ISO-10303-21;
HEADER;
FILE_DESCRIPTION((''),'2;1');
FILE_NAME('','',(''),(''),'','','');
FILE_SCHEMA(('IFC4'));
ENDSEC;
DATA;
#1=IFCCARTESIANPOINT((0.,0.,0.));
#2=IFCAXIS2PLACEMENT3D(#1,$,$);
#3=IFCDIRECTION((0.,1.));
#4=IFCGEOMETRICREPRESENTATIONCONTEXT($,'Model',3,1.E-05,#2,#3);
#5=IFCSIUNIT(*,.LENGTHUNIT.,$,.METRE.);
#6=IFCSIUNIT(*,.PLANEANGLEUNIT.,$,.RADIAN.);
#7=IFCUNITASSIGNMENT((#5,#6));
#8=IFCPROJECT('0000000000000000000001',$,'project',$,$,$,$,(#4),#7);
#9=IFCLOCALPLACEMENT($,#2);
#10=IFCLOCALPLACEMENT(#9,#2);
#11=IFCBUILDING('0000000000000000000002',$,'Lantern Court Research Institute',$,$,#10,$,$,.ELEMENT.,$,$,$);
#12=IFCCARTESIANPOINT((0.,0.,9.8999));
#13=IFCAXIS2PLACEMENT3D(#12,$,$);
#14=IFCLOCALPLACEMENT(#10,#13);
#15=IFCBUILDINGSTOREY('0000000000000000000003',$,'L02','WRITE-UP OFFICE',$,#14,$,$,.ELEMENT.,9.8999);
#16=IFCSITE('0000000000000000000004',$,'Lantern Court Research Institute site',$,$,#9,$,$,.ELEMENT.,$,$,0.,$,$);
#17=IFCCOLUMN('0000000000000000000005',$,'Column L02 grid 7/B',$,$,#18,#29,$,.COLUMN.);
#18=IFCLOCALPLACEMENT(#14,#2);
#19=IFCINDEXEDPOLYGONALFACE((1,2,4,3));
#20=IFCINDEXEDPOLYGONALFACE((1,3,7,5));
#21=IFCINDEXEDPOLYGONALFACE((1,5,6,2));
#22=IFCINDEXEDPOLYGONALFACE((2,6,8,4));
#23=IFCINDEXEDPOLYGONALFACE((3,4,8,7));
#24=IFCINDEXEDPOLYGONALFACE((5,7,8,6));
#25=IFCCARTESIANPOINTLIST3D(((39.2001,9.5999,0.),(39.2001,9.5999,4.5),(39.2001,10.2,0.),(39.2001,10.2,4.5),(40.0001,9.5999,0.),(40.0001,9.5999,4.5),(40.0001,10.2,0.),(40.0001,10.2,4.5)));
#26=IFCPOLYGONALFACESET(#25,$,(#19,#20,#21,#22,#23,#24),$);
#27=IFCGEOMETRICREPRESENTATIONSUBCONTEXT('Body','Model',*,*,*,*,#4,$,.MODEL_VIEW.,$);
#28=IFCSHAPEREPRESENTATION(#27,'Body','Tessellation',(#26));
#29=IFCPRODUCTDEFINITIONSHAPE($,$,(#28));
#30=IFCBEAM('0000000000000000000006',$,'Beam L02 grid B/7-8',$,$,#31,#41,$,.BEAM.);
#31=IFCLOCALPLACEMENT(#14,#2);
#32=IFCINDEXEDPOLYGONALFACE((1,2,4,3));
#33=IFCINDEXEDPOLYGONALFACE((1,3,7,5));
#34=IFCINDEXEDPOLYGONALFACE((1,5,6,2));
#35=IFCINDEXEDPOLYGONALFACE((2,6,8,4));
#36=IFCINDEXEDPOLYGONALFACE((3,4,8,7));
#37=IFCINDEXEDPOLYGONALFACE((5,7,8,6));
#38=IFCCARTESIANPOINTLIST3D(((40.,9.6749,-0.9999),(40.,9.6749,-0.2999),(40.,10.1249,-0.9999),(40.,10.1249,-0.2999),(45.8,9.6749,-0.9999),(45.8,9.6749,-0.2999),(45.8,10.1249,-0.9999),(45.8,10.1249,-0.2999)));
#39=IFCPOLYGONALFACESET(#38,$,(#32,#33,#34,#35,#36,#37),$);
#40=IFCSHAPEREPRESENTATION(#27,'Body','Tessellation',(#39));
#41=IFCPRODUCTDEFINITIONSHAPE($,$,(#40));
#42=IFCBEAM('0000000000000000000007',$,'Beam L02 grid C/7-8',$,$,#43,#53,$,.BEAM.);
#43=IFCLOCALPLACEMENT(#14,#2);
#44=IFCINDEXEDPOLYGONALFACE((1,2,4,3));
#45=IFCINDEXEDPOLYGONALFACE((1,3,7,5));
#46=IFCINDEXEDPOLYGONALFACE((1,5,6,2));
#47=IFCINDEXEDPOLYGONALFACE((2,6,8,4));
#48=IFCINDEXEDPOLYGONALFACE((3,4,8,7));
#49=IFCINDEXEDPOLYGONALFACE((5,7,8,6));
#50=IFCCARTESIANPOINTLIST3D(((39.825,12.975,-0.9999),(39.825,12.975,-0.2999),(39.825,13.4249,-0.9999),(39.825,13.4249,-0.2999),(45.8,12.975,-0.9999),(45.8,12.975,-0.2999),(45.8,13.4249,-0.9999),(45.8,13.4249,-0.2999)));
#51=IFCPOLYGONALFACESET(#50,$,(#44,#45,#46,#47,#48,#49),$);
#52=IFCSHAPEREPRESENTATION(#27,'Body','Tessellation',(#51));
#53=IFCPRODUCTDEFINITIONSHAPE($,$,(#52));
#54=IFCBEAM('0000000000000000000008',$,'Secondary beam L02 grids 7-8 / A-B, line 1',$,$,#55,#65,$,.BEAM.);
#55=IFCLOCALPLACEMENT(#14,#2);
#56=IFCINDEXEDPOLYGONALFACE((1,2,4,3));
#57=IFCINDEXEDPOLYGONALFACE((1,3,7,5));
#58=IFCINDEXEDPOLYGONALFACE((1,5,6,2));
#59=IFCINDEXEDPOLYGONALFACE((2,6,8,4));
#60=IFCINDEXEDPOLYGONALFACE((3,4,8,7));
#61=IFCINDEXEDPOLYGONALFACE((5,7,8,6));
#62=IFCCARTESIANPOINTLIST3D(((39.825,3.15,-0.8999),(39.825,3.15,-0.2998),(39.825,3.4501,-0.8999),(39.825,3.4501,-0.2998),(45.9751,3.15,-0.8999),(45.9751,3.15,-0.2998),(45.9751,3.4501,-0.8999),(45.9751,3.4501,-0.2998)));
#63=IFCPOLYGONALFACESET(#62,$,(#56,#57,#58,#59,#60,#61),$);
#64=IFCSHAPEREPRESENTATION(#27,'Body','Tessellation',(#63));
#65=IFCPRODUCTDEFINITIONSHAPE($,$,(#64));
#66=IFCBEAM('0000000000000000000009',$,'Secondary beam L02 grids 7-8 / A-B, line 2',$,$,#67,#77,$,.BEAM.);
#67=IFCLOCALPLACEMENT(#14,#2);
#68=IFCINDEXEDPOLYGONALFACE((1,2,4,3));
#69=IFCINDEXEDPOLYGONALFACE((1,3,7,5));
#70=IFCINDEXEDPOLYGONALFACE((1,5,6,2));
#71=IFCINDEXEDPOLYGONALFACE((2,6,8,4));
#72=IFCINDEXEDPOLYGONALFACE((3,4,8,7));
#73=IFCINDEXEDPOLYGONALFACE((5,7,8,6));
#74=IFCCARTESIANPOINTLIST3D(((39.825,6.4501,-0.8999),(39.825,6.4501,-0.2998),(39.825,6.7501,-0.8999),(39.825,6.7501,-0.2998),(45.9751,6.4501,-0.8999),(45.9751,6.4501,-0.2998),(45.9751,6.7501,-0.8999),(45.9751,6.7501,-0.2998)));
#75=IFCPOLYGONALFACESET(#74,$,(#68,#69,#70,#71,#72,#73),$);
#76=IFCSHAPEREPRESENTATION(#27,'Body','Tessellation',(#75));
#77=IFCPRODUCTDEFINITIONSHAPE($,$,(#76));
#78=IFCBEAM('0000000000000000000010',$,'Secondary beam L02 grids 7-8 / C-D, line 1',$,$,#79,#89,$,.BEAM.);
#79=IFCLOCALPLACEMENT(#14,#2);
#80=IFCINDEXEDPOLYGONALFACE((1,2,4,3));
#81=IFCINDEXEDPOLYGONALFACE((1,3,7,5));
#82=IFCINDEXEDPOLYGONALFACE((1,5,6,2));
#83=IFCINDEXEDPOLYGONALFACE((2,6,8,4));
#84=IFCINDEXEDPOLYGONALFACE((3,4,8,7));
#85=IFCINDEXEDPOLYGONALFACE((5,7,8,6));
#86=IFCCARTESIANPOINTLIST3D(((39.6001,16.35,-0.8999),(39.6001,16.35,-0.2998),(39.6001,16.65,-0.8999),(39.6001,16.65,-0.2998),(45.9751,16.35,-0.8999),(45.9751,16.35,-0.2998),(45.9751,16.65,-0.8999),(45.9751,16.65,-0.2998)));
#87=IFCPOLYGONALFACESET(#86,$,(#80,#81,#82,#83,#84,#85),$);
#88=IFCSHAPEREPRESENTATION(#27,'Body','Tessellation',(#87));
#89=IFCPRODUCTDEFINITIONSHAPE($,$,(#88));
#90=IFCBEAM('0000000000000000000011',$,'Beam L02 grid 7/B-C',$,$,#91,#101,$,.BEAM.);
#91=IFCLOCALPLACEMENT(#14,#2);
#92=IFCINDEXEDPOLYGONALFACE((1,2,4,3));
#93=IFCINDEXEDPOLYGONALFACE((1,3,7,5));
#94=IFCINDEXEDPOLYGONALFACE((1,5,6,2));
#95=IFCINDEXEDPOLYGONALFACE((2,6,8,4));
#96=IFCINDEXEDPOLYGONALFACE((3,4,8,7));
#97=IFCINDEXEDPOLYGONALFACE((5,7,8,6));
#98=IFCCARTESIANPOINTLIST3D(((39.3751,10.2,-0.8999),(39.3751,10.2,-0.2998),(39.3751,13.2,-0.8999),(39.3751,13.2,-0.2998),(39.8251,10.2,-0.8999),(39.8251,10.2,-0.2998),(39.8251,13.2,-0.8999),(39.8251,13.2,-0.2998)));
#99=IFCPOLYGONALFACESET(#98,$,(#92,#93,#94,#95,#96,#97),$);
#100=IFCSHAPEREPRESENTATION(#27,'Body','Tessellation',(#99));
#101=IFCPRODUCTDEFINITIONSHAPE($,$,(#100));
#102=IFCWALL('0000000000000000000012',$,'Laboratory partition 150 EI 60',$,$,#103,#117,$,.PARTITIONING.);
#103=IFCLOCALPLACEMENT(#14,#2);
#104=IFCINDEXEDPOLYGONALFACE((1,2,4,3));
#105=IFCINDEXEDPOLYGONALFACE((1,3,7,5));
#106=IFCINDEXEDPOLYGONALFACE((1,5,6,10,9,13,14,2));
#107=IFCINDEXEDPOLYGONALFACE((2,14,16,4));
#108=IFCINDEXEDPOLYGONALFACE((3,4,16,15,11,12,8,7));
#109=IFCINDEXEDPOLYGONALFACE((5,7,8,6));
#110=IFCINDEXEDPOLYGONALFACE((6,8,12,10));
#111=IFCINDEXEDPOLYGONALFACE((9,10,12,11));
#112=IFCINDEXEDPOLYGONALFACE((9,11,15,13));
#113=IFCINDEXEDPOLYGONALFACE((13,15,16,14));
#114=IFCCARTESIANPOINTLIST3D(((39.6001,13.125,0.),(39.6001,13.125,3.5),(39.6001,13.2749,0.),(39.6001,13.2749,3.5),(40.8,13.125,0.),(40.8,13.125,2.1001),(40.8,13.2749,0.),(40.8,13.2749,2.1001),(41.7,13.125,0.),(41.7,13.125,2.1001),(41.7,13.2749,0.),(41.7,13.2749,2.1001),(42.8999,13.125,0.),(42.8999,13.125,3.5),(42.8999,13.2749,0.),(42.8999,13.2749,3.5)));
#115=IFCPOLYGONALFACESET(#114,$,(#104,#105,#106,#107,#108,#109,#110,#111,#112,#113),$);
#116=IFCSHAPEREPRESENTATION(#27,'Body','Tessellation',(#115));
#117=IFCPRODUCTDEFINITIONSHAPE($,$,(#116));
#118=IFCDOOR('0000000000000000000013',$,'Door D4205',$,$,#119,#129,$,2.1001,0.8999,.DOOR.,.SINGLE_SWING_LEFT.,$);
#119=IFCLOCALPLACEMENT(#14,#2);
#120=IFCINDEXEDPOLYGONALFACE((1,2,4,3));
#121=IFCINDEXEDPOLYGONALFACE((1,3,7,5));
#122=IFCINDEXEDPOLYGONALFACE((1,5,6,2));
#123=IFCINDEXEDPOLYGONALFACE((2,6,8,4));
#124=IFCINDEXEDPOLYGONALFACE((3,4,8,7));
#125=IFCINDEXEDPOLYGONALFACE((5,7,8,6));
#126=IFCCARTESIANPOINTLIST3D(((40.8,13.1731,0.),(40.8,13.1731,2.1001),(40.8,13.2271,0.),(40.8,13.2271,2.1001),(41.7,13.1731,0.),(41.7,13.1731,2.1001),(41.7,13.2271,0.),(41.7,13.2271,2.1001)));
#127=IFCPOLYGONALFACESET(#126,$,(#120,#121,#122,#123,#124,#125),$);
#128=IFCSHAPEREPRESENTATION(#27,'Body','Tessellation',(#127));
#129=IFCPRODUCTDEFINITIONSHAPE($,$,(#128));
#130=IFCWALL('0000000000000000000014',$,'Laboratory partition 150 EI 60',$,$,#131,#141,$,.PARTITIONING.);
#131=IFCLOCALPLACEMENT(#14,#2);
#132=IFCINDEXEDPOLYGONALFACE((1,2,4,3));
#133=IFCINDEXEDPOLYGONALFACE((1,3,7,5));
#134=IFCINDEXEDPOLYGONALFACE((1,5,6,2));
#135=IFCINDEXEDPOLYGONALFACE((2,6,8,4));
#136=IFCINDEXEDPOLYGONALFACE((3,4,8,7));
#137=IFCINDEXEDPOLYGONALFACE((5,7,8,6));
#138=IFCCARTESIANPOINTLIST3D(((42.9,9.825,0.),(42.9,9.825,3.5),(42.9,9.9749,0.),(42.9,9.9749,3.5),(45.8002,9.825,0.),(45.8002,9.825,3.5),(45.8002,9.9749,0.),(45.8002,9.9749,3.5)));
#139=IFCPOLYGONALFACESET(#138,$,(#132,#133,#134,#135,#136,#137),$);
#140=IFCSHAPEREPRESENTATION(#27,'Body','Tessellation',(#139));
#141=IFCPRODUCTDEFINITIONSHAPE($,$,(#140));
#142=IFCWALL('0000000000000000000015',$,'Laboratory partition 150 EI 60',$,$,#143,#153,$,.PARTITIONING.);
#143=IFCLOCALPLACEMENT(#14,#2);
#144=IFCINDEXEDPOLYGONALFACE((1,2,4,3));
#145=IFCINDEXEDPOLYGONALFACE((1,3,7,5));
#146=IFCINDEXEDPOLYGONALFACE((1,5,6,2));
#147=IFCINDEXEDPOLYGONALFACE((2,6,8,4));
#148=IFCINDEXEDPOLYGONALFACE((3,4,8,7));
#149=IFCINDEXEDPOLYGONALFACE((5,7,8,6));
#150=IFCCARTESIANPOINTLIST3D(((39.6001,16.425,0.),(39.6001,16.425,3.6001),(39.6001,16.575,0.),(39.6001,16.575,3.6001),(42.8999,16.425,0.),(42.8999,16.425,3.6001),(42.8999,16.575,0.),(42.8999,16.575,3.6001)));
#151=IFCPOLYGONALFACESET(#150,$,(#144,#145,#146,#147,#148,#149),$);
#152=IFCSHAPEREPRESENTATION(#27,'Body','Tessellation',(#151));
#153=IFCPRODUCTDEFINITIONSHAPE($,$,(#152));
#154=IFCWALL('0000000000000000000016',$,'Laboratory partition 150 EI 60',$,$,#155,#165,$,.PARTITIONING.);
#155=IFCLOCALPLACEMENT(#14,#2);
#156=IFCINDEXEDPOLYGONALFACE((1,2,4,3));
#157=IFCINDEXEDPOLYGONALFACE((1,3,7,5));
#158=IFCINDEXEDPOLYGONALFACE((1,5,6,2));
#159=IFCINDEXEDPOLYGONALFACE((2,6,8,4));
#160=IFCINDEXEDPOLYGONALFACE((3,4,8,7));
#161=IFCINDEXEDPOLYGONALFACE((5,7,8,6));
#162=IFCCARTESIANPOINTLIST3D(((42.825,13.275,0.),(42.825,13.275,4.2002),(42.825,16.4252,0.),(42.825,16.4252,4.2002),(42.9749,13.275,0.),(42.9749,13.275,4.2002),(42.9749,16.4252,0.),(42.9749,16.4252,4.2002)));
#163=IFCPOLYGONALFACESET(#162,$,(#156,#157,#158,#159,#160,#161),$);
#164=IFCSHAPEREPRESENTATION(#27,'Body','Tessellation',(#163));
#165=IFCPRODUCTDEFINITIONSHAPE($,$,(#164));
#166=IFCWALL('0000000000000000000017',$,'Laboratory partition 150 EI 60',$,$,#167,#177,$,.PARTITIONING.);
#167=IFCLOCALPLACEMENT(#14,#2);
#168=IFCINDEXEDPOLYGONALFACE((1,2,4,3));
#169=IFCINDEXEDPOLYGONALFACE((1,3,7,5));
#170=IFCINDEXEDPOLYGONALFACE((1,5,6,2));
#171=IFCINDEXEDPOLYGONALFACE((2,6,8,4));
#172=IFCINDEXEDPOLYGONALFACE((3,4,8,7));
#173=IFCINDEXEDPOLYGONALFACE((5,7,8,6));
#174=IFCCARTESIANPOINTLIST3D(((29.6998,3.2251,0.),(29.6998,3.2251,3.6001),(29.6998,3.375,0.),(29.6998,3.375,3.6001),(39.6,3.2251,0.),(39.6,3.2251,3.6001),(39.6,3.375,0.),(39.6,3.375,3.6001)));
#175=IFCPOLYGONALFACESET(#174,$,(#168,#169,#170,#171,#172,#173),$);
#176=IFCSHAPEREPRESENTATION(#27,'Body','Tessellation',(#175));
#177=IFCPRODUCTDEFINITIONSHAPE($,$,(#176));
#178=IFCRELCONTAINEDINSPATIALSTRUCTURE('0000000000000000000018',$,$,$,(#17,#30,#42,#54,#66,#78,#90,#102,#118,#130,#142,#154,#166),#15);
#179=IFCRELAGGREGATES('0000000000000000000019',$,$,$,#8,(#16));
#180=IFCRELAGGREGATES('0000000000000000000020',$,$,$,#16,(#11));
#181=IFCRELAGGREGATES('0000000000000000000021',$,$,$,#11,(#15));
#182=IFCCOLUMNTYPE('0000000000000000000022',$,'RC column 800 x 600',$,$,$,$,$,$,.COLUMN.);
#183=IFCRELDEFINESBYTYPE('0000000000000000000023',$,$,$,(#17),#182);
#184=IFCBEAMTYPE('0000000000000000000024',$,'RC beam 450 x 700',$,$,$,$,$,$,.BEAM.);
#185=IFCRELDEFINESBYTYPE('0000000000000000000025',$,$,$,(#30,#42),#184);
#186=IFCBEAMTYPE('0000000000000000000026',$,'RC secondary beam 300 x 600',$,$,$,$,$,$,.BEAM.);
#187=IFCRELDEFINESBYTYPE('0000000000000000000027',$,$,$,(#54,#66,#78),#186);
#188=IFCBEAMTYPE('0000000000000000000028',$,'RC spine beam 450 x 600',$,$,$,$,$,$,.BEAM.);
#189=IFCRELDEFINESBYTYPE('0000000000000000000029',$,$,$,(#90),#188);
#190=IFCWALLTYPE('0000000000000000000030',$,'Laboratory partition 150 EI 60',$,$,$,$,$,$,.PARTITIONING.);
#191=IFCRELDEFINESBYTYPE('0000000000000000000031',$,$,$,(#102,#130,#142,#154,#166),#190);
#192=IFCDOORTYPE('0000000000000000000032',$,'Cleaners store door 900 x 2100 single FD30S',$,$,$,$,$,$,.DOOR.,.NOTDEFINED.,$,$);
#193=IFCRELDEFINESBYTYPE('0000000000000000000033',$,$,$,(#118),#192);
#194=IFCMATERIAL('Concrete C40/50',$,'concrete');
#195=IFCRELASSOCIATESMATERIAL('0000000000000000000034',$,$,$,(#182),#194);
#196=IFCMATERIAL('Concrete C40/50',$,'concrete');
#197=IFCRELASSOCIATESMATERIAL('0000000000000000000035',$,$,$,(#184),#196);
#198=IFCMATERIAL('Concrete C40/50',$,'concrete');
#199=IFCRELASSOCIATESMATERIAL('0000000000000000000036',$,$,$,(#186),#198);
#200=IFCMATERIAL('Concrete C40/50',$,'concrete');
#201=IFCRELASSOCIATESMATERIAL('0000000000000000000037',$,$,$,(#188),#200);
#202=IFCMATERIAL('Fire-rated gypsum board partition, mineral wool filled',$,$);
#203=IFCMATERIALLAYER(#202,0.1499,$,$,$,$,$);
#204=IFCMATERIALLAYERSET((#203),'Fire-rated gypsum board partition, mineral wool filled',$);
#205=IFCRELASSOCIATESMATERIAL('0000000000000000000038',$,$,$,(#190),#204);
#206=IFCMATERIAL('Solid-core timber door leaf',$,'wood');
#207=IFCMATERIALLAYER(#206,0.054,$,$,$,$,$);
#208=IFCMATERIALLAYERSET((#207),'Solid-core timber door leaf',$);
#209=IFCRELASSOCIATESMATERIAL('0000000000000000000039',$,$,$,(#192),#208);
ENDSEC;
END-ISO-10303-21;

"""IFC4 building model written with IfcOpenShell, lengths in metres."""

from ifc_helpers import new_model, si_unit, direction, frame, frame_2d, origin, origin_2d, place, context, subcontext, project, spatial, rectangle, extrude, material, layer, layer_set, material_profile, profile_set, type_object, element, fill, save


model = new_model("IFC4")

# Units and contexts
model_context = context("Model", 3, precision=1e-05, world=origin(), true_north=direction((0.0, 1.0)))
body_context = subcontext(model_context, "Body", "Model", "MODEL_VIEW")
ifc_project = project(units=[si_unit("LENGTHUNIT", "METRE"), si_unit("PLANEANGLEUNIT", "RADIAN")], contexts=[model_context])

# Site, building, storey
site_placement = place(None, origin())
site = spatial("IfcSite", under=ifc_project, at=site_placement, Name="Lantern Court Research Institute site", CompositionType="ELEMENT", RefElevation=0.0)
building_placement = place(site_placement, origin())
building = spatial("IfcBuilding", under=site, at=building_placement, Name="Lantern Court Research Institute", CompositionType="ELEMENT")
storey_placement = place(building_placement, frame((0.0, 0.0, 9.8999)))
storey = spatial("IfcBuildingStorey", under=building, at=storey_placement, Name="L02", Description="WRITE-UP OFFICE", CompositionType="ELEMENT", Elevation=9.8999)

# Column
ifc_material_1 = material(Name="Concrete C40/50", Category="concrete")
ifc_material_profile_1 = material_profile(ifc_material_1, rectangle(XDim=0.8, YDim=0.6001, at=origin_2d()), Name="RC column 800 x 600")
ifc_profile_set_1 = profile_set([ifc_material_profile_1], Name="Concrete C40/50")
column_type = type_object("IfcColumnType", Name="RC column 800 x 600", PredefinedType="COLUMN", material=ifc_profile_set_1)
column_placement = place(storey_placement, frame((39.6001, 9.8999, 0.0), z_axis=(0.0, 0.0, 1.0), x_axis=(1.0, 0.0, 0.0)))
element("IfcColumn", 1, at=column_placement, inside=storey, type_object=column_type, Name="Column L02 grid 7/B", PredefinedType="COLUMN", context=body_context, shape_type="SweptSolid", body=[
    extrude(rectangle(XDim=0.8, YDim=0.6001, at=origin_2d()), origin(), (0.0, 0.0, 1.0), 4.5),
])

# Beams
ifc_material_2 = material(Name="Concrete C40/50", Category="concrete")
ifc_material_profile_2 = material_profile(ifc_material_2, rectangle(XDim=0.45, YDim=0.7, at=origin_2d()), Name="RC beam 450 x 700")
ifc_profile_set_2 = profile_set([ifc_material_profile_2], Name="Concrete C40/50")
beam_type_1 = type_object("IfcBeamType", Name="RC beam 450 x 700", PredefinedType="BEAM", material=ifc_profile_set_2)
beam_1_placement = place(storey_placement, frame((40.0, 9.8999, -0.6499), z_axis=(1.0, 0.0, 0.0), x_axis=(0.0, 1.0, 0.0)))
element("IfcBeam", 2, at=beam_1_placement, inside=storey, type_object=beam_type_1, Name="Beam L02 grid B/7-8", PredefinedType="BEAM", context=body_context, shape_type="SweptSolid", body=[
    extrude(rectangle(XDim=0.45, YDim=0.7, at=origin_2d()), origin(), (0.0, 0.0, 1.0), 5.8),
])
beam_2_placement = place(storey_placement, frame((39.825, 13.2, -0.6499), z_axis=(1.0, 0.0, 0.0), x_axis=(0.0, 1.0, 0.0)))
element("IfcBeam", 3, at=beam_2_placement, inside=storey, type_object=beam_type_1, Name="Beam L02 grid C/7-8", PredefinedType="BEAM", context=body_context, shape_type="SweptSolid", body=[
    extrude(rectangle(XDim=0.45, YDim=0.7, at=origin_2d()), origin(), (0.0, 0.0, 1.0), 5.9751),
])
ifc_material_3 = material(Name="Concrete C40/50", Category="concrete")
ifc_material_profile_3 = material_profile(ifc_material_3, rectangle(XDim=0.3, YDim=0.6001, at=origin_2d()), Name="RC beam 300 x 600")
ifc_profile_set_3 = profile_set([ifc_material_profile_3], Name="Concrete C40/50")
beam_type_2 = type_object("IfcBeamType", Name="RC secondary beam 300 x 600", PredefinedType="BEAM", material=ifc_profile_set_3)
for number, where, z_axis, x_axis, name in (
    (4, (39.825, 3.3, -0.5999), (1.0, 0.0, 0.0), (0.0, 1.0, 0.0), "Secondary beam L02 grids 7-8 / A-B, line 1"),
    (5, (39.825, 6.6001, -0.5999), (1.0, 0.0, 0.0), (0.0, 1.0, 0.0), "Secondary beam L02 grids 7-8 / A-B, line 2"),
):
    element("IfcBeam", number, at=place(storey_placement, frame(where, z_axis=z_axis, x_axis=x_axis)), inside=storey, type_object=beam_type_2, Name=name, PredefinedType="BEAM", context=body_context, shape_type="SweptSolid", body=[
        extrude(rectangle(XDim=0.3, YDim=0.6001, at=origin_2d()), origin(), (0.0, 0.0, 1.0), 6.1501),
    ])
beam_3_placement = place(storey_placement, frame((39.6001, 16.5, -0.5999), z_axis=(1.0, 0.0, 0.0), x_axis=(0.0, 1.0, 0.0)))
element("IfcBeam", 6, at=beam_3_placement, inside=storey, type_object=beam_type_2, Name="Secondary beam L02 grids 7-8 / C-D, line 1", PredefinedType="BEAM", context=body_context, shape_type="SweptSolid", body=[
    extrude(rectangle(XDim=0.3, YDim=0.6001, at=origin_2d()), origin(), (0.0, 0.0, 1.0), 6.375),
])
ifc_material_4 = material(Name="Concrete C40/50", Category="concrete")
ifc_material_profile_4 = material_profile(ifc_material_4, rectangle(XDim=0.45, YDim=0.6001, at=origin_2d()), Name="RC beam 450 x 600")
ifc_profile_set_4 = profile_set([ifc_material_profile_4], Name="Concrete C40/50")
beam_type_3 = type_object("IfcBeamType", Name="RC spine beam 450 x 600", PredefinedType="BEAM", material=ifc_profile_set_4)
beam_4_placement = place(storey_placement, frame((39.6001, 10.2, -0.5999), z_axis=(0.0, 1.0, 0.0), x_axis=(-1.0, 0.0, 0.0)))
element("IfcBeam", 7, at=beam_4_placement, inside=storey, type_object=beam_type_3, Name="Beam L02 grid 7/B-C", PredefinedType="BEAM", context=body_context, shape_type="SweptSolid", body=[
    extrude(rectangle(XDim=0.45, YDim=0.6001, at=origin_2d()), origin(), (0.0, 0.0, 1.0), 3.0),
])

# Wall, opening, door
ifc_material_5 = material(Name="Fire-rated gypsum board partition, mineral wool filled")
ifc_layer_1 = layer(ifc_material_5, 0.1499)
ifc_layer_set_1 = layer_set([ifc_layer_1], Name="Fire-rated gypsum board partition, mineral wool filled")
wall_type_1 = type_object("IfcWallType", Name="Laboratory partition 150 EI 60", PredefinedType="PARTITIONING", material=ifc_layer_set_1)
wall_1_placement = place(storey_placement, frame((42.8999, 13.2, 0.0), z_axis=(0.0, 0.0, 1.0), x_axis=(-1.0, 0.0, 0.0)))
wall_1 = element("IfcWall", 8, at=wall_1_placement, inside=storey, type_object=wall_type_1, Name="Laboratory partition 150 EI 60", PredefinedType="PARTITIONING", context=body_context, shape_type="SweptSolid", body=[
    extrude(rectangle(XDim=3.2998, YDim=0.1499, at=frame_2d((1.6499, 0.0))), origin(), (0.0, 0.0, 1.0), 3.5),
])
opening_1_placement = place(wall_1_placement, frame((1.2, 0.0, 0.0)))
opening_1 = element("IfcOpeningElement", 9, at=opening_1_placement, cuts=wall_1, PredefinedType="OPENING", context=body_context, shape_type="SweptSolid", body=[
    extrude(rectangle(XDim=0.8999, YDim=2.1001, at=frame_2d((0.45, 1.05))), frame((0.0, 0.085, 0.0), z_axis=(0.0, -1.0, 0.0), x_axis=(1.0, 0.0, 0.0)), (0.0, 0.0, 1.0), 0.1699),
])
ifc_material_6 = material(Name="Solid-core timber door leaf", Category="wood")
ifc_layer_2 = layer(ifc_material_6, 0.054)
ifc_layer_set_2 = layer_set([ifc_layer_2], Name="Solid-core timber door leaf")
door_type_1 = type_object("IfcDoorType", Name="Cleaners store door 900 x 2100 single FD30S", OperationType="NOTDEFINED", PredefinedType="DOOR", material=ifc_layer_set_2)
door_1_placement = place(opening_1_placement, origin())
door_1 = element("IfcDoor", 10, at=door_1_placement, inside=storey, type_object=door_type_1, Name="Door D4205", OperationType="SINGLE_SWING_LEFT", OverallHeight=2.1001, OverallWidth=0.8999, PredefinedType="DOOR", context=body_context, shape_type="SweptSolid", body=[
    extrude(rectangle(XDim=0.8999, YDim=2.1001, at=frame_2d((0.45, 1.05))), frame((0.0, 0.0269, 0.0), z_axis=(0.0, -1.0, 0.0), x_axis=(1.0, 0.0, 0.0)), (0.0, 0.0, 1.0), 0.054),
])
fill(opening_1, door_1)

# Walls
wall_2_placement = place(storey_placement, frame((42.8999, 9.8999, 0.0), z_axis=(0.0, 0.0, 1.0), x_axis=(1.0, 0.0, 0.0)))
element("IfcWall", 11, at=wall_2_placement, inside=storey, type_object=wall_type_1, Name="Laboratory partition 150 EI 60", PredefinedType="PARTITIONING", context=body_context, shape_type="SweptSolid", body=[
    extrude(rectangle(XDim=2.9001, YDim=0.1499, at=frame_2d((1.4502, 0.0))), origin(), (0.0, 0.0, 1.0), 3.5),
])
wall_3_placement = place(storey_placement, frame((42.8999, 16.5, 0.0), z_axis=(0.0, 0.0, 1.0), x_axis=(-1.0, 0.0, 0.0)))
element("IfcWall", 12, at=wall_3_placement, inside=storey, type_object=wall_type_1, Name="Laboratory partition 150 EI 60", PredefinedType="PARTITIONING", context=body_context, shape_type="SweptSolid", body=[
    extrude(rectangle(XDim=3.2998, YDim=0.1499, at=frame_2d((1.6499, 0.0))), origin(), (0.0, 0.0, 1.0), 3.6001),
])
wall_4_placement = place(storey_placement, frame((42.8999, 13.2749, 0.0), z_axis=(0.0, 0.0, 1.0), x_axis=(0.0, 1.0, 0.0)))
element("IfcWall", 13, at=wall_4_placement, inside=storey, type_object=wall_type_1, Name="Laboratory partition 150 EI 60", PredefinedType="PARTITIONING", context=body_context, shape_type="SweptSolid", body=[
    extrude(rectangle(XDim=3.1501, YDim=0.1499, at=frame_2d((1.5752, 0.0))), origin(), (0.0, 0.0, 1.0), 4.2002),
])
wall_5_placement = place(storey_placement, frame((39.6001, 3.3, 0.0), z_axis=(0.0, 0.0, 1.0), x_axis=(-1.0, 0.0, 0.0)))
element("IfcWall", 14, at=wall_5_placement, inside=storey, type_object=wall_type_1, Name="Laboratory partition 150 EI 60", PredefinedType="PARTITIONING", context=body_context, shape_type="SweptSolid", body=[
    extrude(rectangle(XDim=9.9001, YDim=0.1499, at=frame_2d((4.9502, 0.0))), origin(), (0.0, 0.0, 1.0), 3.6001),
])

save(model, "model.ifc")
